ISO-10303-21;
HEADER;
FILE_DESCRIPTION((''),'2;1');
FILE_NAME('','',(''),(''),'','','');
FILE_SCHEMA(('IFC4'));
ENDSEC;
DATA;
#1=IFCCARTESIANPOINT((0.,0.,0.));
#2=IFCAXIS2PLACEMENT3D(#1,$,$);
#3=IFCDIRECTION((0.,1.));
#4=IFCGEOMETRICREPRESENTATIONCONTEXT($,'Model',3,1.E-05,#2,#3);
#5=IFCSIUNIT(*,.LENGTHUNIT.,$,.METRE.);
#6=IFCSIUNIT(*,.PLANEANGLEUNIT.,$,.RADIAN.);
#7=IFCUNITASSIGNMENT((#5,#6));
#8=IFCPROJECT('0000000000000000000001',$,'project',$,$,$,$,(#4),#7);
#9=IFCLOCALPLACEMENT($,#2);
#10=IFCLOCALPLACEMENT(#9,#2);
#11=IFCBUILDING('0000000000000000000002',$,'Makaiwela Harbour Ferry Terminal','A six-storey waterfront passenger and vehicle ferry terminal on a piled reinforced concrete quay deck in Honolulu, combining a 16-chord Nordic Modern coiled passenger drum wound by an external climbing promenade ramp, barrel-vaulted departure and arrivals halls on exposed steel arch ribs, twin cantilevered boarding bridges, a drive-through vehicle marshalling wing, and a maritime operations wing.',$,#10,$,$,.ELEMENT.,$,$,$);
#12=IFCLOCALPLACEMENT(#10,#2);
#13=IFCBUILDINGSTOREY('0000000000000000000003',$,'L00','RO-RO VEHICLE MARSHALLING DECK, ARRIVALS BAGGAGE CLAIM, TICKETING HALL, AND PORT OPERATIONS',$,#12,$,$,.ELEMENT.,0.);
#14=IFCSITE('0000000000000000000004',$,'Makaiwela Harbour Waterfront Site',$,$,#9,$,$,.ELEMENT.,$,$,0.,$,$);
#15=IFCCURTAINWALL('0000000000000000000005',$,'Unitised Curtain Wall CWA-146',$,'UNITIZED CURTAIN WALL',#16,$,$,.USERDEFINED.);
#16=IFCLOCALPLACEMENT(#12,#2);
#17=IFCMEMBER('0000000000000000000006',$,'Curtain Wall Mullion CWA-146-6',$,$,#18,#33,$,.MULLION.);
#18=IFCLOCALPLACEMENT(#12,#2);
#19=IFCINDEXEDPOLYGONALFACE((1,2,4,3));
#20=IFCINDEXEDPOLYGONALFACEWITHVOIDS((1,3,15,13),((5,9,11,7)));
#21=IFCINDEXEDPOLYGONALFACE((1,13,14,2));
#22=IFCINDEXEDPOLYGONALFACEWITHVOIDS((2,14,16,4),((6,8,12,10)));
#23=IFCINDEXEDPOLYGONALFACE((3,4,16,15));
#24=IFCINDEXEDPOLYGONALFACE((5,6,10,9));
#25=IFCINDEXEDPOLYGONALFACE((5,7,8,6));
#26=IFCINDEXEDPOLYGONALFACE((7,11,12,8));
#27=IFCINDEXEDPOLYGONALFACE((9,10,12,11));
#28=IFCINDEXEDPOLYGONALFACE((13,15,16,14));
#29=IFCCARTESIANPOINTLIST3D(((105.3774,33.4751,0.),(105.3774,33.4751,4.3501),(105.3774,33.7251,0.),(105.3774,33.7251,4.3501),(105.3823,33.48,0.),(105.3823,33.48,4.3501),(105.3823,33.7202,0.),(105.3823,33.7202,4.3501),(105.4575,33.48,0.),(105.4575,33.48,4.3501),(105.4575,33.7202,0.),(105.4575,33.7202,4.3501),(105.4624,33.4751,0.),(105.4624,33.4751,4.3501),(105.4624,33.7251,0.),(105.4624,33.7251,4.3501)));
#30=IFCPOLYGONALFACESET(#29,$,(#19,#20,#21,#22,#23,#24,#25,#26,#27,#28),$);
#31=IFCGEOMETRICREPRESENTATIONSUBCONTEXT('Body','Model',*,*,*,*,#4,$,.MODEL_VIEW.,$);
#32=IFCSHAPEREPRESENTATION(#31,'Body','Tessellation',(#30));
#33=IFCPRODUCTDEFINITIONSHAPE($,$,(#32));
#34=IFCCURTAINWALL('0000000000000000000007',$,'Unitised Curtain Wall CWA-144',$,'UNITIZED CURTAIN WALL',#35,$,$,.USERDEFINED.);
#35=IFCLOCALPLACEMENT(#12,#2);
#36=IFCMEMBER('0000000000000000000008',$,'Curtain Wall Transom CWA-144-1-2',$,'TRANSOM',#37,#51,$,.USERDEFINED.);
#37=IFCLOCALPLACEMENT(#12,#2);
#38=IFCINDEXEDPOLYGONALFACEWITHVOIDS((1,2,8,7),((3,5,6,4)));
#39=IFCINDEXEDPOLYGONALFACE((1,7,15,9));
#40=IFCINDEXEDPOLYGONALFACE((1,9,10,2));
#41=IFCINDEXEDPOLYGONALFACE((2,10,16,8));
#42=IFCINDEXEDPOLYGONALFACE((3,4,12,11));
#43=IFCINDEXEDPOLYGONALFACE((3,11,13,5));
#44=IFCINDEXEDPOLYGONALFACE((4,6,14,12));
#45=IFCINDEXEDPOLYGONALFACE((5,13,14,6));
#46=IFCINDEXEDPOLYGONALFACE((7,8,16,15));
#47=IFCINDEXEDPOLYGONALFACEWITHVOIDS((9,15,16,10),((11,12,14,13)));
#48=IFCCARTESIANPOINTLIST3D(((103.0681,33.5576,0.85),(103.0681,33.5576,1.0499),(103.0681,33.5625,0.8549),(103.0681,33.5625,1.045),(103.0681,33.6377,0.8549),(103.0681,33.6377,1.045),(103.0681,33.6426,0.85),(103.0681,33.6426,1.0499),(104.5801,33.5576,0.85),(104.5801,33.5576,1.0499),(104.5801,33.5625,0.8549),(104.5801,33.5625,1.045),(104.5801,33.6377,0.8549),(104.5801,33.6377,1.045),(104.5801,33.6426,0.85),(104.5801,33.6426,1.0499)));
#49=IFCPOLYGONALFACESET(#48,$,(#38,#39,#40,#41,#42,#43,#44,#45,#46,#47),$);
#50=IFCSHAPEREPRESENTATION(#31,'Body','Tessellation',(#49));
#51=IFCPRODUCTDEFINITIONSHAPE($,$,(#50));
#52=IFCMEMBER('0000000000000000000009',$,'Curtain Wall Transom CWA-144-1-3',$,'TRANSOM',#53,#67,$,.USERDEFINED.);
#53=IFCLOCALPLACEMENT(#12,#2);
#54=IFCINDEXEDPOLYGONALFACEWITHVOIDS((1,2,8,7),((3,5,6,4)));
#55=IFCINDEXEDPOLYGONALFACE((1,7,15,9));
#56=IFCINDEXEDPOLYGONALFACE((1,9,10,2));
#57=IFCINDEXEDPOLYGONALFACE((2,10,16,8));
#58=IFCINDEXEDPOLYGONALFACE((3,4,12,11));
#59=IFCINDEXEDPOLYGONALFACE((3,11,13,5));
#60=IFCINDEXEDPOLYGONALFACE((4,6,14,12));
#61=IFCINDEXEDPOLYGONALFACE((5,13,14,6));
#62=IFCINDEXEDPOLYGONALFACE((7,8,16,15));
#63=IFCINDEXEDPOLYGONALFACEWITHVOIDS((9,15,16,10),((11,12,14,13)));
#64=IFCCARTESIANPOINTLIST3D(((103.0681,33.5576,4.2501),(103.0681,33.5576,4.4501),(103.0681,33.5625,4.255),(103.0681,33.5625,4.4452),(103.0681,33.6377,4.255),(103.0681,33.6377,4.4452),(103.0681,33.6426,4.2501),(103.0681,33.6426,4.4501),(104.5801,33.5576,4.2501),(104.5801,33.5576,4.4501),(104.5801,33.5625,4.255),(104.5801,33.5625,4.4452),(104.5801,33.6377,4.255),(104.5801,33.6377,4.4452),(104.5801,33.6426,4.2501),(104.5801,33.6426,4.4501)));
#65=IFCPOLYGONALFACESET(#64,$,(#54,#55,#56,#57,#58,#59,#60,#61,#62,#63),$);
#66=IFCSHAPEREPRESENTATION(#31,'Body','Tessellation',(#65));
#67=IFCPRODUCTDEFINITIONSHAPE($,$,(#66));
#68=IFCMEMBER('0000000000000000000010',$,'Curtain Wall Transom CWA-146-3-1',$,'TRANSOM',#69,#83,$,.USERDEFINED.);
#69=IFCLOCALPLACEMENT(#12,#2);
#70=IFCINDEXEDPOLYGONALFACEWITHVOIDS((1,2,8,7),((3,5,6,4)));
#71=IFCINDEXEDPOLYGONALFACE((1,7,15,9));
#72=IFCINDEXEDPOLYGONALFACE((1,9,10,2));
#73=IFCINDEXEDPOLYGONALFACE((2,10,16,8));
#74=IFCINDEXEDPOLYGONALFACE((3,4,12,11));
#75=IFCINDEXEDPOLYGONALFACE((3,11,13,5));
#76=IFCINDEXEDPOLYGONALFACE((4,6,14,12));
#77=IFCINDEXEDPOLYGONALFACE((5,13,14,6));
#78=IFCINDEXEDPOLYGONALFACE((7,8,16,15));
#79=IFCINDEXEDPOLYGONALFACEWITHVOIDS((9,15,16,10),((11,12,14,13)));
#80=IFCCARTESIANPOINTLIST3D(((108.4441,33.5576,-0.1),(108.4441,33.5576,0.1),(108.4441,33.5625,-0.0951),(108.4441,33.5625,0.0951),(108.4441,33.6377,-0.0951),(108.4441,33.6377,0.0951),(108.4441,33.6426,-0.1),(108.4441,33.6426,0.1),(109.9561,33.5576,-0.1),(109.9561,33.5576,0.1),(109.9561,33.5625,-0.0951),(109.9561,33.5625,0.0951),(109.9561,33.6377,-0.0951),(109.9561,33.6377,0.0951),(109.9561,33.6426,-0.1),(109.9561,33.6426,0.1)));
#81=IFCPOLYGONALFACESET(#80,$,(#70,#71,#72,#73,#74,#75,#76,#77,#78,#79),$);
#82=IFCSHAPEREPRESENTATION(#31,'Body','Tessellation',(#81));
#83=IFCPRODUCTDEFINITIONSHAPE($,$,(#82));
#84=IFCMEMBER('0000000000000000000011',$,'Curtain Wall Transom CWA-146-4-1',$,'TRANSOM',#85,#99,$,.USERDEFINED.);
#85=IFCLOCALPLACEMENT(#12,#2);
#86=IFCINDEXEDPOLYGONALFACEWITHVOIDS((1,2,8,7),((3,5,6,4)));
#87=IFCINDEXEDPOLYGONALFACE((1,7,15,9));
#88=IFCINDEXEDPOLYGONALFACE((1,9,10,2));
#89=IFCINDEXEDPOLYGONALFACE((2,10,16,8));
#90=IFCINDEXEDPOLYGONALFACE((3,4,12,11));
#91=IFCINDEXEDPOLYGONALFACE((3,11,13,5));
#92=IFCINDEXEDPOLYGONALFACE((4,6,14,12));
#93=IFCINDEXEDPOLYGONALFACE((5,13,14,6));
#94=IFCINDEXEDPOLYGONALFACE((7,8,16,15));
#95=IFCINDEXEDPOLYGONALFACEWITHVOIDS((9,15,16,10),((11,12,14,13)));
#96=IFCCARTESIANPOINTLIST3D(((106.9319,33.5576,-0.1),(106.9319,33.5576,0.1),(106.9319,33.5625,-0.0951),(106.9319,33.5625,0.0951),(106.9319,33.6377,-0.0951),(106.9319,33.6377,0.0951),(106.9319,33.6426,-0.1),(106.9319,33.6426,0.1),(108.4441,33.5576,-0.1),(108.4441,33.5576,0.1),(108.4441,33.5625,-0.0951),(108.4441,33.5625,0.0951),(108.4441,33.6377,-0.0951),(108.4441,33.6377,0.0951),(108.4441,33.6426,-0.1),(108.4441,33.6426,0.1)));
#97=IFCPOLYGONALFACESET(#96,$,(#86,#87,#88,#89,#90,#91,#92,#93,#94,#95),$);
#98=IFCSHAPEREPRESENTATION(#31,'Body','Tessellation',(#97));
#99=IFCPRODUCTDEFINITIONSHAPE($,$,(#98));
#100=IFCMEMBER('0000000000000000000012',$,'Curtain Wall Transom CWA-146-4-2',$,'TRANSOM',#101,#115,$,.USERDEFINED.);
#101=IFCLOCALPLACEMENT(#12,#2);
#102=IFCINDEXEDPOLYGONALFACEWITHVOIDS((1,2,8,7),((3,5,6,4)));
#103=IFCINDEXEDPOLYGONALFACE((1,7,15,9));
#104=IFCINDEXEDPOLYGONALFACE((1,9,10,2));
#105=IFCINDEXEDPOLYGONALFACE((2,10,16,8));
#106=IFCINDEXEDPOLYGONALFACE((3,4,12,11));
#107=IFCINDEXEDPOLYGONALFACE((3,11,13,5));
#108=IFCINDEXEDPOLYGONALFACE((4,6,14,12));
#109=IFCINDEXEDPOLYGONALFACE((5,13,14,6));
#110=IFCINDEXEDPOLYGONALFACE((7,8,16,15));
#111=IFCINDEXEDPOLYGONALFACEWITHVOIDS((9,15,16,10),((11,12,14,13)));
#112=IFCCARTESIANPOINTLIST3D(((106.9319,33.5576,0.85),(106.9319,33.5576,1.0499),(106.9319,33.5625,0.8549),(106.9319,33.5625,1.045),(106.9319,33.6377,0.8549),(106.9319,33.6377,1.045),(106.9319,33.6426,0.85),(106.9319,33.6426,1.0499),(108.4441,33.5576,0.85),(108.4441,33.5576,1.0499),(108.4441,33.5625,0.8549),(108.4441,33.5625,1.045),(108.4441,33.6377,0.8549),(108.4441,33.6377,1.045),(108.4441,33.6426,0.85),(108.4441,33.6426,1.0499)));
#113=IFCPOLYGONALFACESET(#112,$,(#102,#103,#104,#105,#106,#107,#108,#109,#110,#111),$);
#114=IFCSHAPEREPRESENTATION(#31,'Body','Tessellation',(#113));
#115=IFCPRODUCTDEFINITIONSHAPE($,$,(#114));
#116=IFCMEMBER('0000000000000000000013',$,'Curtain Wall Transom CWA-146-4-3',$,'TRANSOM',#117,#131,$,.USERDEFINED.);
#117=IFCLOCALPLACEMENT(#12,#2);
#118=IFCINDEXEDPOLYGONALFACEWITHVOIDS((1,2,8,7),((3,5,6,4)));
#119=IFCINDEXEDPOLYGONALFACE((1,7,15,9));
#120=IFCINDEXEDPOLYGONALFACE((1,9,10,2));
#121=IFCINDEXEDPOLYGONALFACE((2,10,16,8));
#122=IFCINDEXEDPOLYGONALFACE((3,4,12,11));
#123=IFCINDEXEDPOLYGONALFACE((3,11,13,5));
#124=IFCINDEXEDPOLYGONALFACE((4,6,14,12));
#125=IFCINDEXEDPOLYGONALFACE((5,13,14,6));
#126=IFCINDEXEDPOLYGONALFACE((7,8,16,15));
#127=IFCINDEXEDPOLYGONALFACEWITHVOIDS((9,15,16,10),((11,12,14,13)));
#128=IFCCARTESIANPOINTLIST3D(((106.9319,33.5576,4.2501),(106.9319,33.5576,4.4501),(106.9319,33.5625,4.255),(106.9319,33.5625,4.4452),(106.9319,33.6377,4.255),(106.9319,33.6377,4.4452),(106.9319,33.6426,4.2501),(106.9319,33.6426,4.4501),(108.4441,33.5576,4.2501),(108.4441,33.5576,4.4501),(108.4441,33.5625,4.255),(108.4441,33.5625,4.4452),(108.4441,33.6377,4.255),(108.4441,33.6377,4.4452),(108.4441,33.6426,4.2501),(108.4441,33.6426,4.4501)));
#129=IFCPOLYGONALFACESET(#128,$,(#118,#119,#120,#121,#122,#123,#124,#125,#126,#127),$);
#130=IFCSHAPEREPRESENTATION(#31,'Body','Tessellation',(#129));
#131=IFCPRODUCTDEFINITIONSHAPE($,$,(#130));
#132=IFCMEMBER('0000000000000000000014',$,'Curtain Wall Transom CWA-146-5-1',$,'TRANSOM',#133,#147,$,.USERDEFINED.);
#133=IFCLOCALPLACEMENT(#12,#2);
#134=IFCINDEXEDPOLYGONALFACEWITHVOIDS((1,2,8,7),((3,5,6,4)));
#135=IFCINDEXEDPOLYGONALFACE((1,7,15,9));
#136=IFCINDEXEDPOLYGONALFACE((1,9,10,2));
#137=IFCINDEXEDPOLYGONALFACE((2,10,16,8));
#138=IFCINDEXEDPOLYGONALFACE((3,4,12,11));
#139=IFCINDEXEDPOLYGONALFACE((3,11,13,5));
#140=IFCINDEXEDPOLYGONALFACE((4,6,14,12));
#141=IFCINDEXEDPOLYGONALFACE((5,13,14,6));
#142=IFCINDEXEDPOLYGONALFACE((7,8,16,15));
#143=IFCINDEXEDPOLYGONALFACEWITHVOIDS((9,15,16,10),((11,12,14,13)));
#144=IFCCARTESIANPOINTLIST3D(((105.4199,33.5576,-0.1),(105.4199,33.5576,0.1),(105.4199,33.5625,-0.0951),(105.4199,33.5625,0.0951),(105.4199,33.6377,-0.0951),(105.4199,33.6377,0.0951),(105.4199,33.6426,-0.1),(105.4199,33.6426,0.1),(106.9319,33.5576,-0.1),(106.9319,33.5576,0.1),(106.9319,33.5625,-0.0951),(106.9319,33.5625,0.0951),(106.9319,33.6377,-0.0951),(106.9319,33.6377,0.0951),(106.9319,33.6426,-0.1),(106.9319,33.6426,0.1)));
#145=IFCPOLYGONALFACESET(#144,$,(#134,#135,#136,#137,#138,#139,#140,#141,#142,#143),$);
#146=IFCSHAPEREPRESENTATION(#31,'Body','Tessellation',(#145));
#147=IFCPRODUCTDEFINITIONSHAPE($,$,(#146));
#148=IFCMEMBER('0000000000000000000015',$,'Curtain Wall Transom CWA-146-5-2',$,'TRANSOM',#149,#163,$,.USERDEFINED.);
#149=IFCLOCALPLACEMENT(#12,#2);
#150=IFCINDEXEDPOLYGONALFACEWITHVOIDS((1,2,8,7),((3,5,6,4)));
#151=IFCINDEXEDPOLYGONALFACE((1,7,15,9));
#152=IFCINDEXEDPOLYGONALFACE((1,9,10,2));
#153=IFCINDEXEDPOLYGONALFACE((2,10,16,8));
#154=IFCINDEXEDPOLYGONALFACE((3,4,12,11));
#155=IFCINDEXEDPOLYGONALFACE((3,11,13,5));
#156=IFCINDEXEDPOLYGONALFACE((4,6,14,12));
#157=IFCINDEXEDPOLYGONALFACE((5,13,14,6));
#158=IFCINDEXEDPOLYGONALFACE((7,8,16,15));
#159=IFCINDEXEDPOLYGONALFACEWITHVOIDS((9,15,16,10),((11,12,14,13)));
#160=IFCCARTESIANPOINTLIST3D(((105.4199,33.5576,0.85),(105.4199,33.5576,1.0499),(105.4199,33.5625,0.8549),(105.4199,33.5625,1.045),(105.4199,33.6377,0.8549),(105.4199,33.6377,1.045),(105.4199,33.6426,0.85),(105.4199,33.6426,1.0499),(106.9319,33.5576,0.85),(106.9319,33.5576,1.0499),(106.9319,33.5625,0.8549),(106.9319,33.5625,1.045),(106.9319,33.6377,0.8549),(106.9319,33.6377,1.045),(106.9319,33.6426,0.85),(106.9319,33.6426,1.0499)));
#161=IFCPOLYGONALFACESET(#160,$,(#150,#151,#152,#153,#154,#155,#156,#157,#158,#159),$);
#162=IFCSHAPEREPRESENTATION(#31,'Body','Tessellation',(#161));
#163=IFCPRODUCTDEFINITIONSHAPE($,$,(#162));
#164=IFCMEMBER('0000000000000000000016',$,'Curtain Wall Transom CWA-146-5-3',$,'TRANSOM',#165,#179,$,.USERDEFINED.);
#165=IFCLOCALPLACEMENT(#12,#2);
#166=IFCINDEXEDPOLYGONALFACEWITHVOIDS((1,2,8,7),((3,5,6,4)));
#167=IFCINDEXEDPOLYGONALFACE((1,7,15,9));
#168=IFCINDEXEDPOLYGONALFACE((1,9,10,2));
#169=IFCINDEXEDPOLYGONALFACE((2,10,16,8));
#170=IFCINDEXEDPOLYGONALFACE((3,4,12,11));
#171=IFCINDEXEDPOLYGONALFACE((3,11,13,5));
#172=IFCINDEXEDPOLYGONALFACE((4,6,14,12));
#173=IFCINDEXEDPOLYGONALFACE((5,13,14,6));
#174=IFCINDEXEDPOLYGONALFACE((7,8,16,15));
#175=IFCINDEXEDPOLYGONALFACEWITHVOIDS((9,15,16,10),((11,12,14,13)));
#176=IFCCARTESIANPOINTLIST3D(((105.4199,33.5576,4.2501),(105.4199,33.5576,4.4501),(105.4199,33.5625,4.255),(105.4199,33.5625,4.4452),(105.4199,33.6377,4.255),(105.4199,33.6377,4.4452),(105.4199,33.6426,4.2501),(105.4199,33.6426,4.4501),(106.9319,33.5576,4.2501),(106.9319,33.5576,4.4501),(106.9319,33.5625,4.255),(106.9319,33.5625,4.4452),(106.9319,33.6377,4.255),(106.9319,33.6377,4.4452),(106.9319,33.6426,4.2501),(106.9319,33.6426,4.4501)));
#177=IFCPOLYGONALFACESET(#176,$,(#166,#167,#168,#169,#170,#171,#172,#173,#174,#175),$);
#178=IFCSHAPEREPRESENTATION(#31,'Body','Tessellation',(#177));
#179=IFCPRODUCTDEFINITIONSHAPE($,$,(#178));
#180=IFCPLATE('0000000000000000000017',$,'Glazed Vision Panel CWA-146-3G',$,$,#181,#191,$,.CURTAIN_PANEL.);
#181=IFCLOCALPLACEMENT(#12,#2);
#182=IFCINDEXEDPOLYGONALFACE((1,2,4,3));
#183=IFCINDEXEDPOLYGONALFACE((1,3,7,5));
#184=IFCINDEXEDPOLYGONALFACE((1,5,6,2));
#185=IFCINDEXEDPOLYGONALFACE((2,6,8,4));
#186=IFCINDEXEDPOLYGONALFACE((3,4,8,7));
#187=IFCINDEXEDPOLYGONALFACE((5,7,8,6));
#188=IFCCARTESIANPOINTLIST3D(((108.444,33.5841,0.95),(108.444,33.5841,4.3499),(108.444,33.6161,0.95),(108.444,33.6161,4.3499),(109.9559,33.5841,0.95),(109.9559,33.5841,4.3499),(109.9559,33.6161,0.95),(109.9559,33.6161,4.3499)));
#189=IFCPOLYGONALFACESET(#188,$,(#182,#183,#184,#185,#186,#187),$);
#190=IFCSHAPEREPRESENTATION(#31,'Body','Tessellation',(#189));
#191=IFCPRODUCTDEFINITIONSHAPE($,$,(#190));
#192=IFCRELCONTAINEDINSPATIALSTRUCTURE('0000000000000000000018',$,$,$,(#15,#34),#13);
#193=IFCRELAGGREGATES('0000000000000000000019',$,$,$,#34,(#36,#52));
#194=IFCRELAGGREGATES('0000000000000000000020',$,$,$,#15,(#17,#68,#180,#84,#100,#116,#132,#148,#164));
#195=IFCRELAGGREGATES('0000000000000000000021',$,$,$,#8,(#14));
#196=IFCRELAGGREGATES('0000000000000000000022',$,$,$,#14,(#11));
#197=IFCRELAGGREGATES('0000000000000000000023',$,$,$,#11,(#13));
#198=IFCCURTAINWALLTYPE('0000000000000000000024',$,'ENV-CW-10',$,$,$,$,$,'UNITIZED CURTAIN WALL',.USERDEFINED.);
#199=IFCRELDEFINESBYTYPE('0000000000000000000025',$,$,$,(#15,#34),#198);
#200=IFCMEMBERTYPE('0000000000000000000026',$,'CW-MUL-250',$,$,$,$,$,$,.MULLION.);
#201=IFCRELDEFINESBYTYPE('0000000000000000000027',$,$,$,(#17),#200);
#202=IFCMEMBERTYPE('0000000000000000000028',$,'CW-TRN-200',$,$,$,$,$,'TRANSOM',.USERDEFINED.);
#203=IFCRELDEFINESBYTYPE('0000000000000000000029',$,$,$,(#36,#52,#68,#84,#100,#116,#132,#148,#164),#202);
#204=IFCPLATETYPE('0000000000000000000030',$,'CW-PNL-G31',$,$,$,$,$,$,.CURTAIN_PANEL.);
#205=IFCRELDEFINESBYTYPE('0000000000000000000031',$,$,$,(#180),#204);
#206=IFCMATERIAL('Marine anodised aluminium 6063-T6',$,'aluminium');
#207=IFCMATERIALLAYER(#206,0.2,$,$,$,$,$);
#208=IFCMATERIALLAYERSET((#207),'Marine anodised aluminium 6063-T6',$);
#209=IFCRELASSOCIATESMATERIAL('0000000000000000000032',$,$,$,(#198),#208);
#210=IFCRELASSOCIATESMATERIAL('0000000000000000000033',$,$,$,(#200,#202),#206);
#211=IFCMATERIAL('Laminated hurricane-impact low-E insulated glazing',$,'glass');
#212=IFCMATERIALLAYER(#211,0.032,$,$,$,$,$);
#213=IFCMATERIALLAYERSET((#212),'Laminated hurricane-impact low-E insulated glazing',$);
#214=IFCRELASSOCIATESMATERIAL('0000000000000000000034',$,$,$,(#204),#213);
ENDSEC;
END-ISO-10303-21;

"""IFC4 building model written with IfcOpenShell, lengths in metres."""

from ifc_helpers import new_model, si_unit, direction, frame, origin, origin_2d, place, context, subcontext, project, spatial, rectangle, hollow_rectangle, extrude, material, layer, layer_set, material_profile, profile_set, type_object, element, aggregate, save


model = new_model("IFC4")

# Units and contexts
model_context = context("Model", 3, precision=1e-05, world=origin(), true_north=direction((0.0, 1.0)))
body_context = subcontext(model_context, "Body", "Model", "MODEL_VIEW")
ifc_project = project(units=[si_unit("LENGTHUNIT", "METRE"), si_unit("PLANEANGLEUNIT", "RADIAN")], contexts=[model_context])

# Site, building, storey
site_placement = place(None, origin())
site = spatial("IfcSite", under=ifc_project, at=site_placement, Name="Makaiwela Harbour Waterfront Site", CompositionType="ELEMENT", RefElevation=0.0)
building_placement = place(site_placement, origin())
building = spatial("IfcBuilding", under=site, at=building_placement, Name="Makaiwela Harbour Ferry Terminal", Description="A six-storey waterfront passenger and vehicle ferry terminal on a piled reinforced concrete quay deck in Honolulu, combining a 16-chord Nordic Modern coiled passenger drum wound by an external climbing promenade ramp, barrel-vaulted departure and arrivals halls on exposed steel arch ribs, twin cantilevered boarding bridges, a drive-through vehicle marshalling wing, and a maritime operations wing.", CompositionType="ELEMENT")
storey_placement = place(building_placement, origin())
storey = spatial("IfcBuildingStorey", under=building, at=storey_placement, Name="L00", Description="RO-RO VEHICLE MARSHALLING DECK, ARRIVALS BAGGAGE CLAIM, TICKETING HALL, AND PORT OPERATIONS", CompositionType="ELEMENT", Elevation=0.0)

# Curtain walls, members
ifc_material_1 = material(Name="Marine anodised aluminium 6063-T6", Category="aluminium")
ifc_layer_1 = layer(ifc_material_1, 0.2)
ifc_layer_set_1 = layer_set([ifc_layer_1], Name="Marine anodised aluminium 6063-T6")
curtain_wall_type = type_object("IfcCurtainWallType", Name="ENV-CW-10", ElementType="UNITIZED CURTAIN WALL", PredefinedType="USERDEFINED", material=ifc_layer_set_1)
curtain_wall_1_placement = place(storey_placement, origin())
curtain_wall_1 = element("IfcCurtainWall", 1, at=curtain_wall_1_placement, inside=storey, type_object=curtain_wall_type, Name="Unitised Curtain Wall CWA-146", ObjectType="UNITIZED CURTAIN WALL", PredefinedType="USERDEFINED")
ifc_material_profile_1 = material_profile(ifc_material_1, hollow_rectangle(XDim=0.085, YDim=0.25, WallThickness=0.0049, at=origin_2d()), Name="CWM-250X85")
ifc_profile_set_1 = profile_set([ifc_material_profile_1], Name="Marine anodised aluminium 6063-T6")
member_type_1 = type_object("IfcMemberType", Name="CW-MUL-250", PredefinedType="MULLION", material=ifc_profile_set_1)
member_1_placement = place(storey_placement, frame((105.4199, 33.6001, 0.0), z_axis=(0.0, 0.0, 1.0), x_axis=(1.0, 0.0, 0.0)))
member_1 = element("IfcMember", 2, at=member_1_placement, type_object=member_type_1, Name="Curtain Wall Mullion CWA-146-6", PredefinedType="MULLION", context=body_context, shape_type="SweptSolid", body=[
    extrude(hollow_rectangle(XDim=0.085, YDim=0.25, WallThickness=0.0049, at=origin_2d()), origin(), (0.0, 0.0, 1.0), 4.3501),
])
curtain_wall_2_placement = place(storey_placement, origin())
curtain_wall_2 = element("IfcCurtainWall", 3, at=curtain_wall_2_placement, inside=storey, type_object=curtain_wall_type, Name="Unitised Curtain Wall CWA-144", ObjectType="UNITIZED CURTAIN WALL", PredefinedType="USERDEFINED")
ifc_material_profile_2 = material_profile(ifc_material_1, hollow_rectangle(XDim=0.085, YDim=0.2, WallThickness=0.0049, at=origin_2d()), Name="CWT-200X85")
ifc_profile_set_2 = profile_set([ifc_material_profile_2], Name="Marine anodised aluminium 6063-T6")
member_type_2 = type_object("IfcMemberType", Name="CW-TRN-200", ElementType="TRANSOM", PredefinedType="USERDEFINED", material=ifc_profile_set_2)
member_2_placement = place(storey_placement, frame((104.5801, 33.6001, 0.95), z_axis=(-1.0, 0.0, 0.0), x_axis=(0.0, -1.0, 0.0)))
member_2 = element("IfcMember", 4, at=member_2_placement, type_object=member_type_2, Name="Curtain Wall Transom CWA-144-1-2", ObjectType="TRANSOM", PredefinedType="USERDEFINED", context=body_context, shape_type="SweptSolid", body=[
    extrude(hollow_rectangle(XDim=0.085, YDim=0.2, WallThickness=0.0049, at=origin_2d()), origin(), (0.0, 0.0, 1.0), 1.512),
])
member_3_placement = place(storey_placement, frame((104.5801, 33.6001, 4.3501), z_axis=(-1.0, 0.0, 0.0), x_axis=(0.0, -1.0, 0.0)))
member_3 = element("IfcMember", 5, at=member_3_placement, type_object=member_type_2, Name="Curtain Wall Transom CWA-144-1-3", ObjectType="TRANSOM", PredefinedType="USERDEFINED", context=body_context, shape_type="SweptSolid", body=[
    extrude(hollow_rectangle(XDim=0.085, YDim=0.2, WallThickness=0.0049, at=origin_2d()), origin(), (0.0, 0.0, 1.0), 1.512),
])
aggregate(curtain_wall_2, [member_2, member_3])

# Members
member_4_placement = place(storey_placement, frame((109.9561, 33.6001, 0.0), z_axis=(-1.0, 0.0, 0.0), x_axis=(0.0, -1.0, 0.0)))
member_4 = element("IfcMember", 6, at=member_4_placement, type_object=member_type_2, Name="Curtain Wall Transom CWA-146-3-1", ObjectType="TRANSOM", PredefinedType="USERDEFINED", context=body_context, shape_type="SweptSolid", body=[
    extrude(hollow_rectangle(XDim=0.085, YDim=0.2, WallThickness=0.0049, at=origin_2d()), origin(), (0.0, 0.0, 1.0), 1.512),
])
member_5_placement = place(storey_placement, frame((108.4441, 33.6001, 0.0), z_axis=(-1.0, 0.0, 0.0), x_axis=(0.0, -1.0, 0.0)))
member_5 = element("IfcMember", 7, at=member_5_placement, type_object=member_type_2, Name="Curtain Wall Transom CWA-146-4-1", ObjectType="TRANSOM", PredefinedType="USERDEFINED", context=body_context, shape_type="SweptSolid", body=[
    extrude(hollow_rectangle(XDim=0.085, YDim=0.2, WallThickness=0.0049, at=origin_2d()), origin(), (0.0, 0.0, 1.0), 1.5122),
])
member_6_placement = place(storey_placement, frame((108.4441, 33.6001, 0.95), z_axis=(-1.0, 0.0, 0.0), x_axis=(0.0, -1.0, 0.0)))
member_6 = element("IfcMember", 8, at=member_6_placement, type_object=member_type_2, Name="Curtain Wall Transom CWA-146-4-2", ObjectType="TRANSOM", PredefinedType="USERDEFINED", context=body_context, shape_type="SweptSolid", body=[
    extrude(hollow_rectangle(XDim=0.085, YDim=0.2, WallThickness=0.0049, at=origin_2d()), origin(), (0.0, 0.0, 1.0), 1.5122),
])
member_7_placement = place(storey_placement, frame((108.4441, 33.6001, 4.3501), z_axis=(-1.0, 0.0, 0.0), x_axis=(0.0, -1.0, 0.0)))
member_7 = element("IfcMember", 9, at=member_7_placement, type_object=member_type_2, Name="Curtain Wall Transom CWA-146-4-3", ObjectType="TRANSOM", PredefinedType="USERDEFINED", context=body_context, shape_type="SweptSolid", body=[
    extrude(hollow_rectangle(XDim=0.085, YDim=0.2, WallThickness=0.0049, at=origin_2d()), origin(), (0.0, 0.0, 1.0), 1.5122),
])
member_8_placement = place(storey_placement, frame((106.9319, 33.6001, 0.0), z_axis=(-1.0, 0.0, 0.0), x_axis=(0.0, -1.0, 0.0)))
member_8 = element("IfcMember", 10, at=member_8_placement, type_object=member_type_2, Name="Curtain Wall Transom CWA-146-5-1", ObjectType="TRANSOM", PredefinedType="USERDEFINED", context=body_context, shape_type="SweptSolid", body=[
    extrude(hollow_rectangle(XDim=0.085, YDim=0.2, WallThickness=0.0049, at=origin_2d()), origin(), (0.0, 0.0, 1.0), 1.512),
])
member_9_placement = place(storey_placement, frame((106.9319, 33.6001, 0.95), z_axis=(-1.0, 0.0, 0.0), x_axis=(0.0, -1.0, 0.0)))
member_9 = element("IfcMember", 11, at=member_9_placement, type_object=member_type_2, Name="Curtain Wall Transom CWA-146-5-2", ObjectType="TRANSOM", PredefinedType="USERDEFINED", context=body_context, shape_type="SweptSolid", body=[
    extrude(hollow_rectangle(XDim=0.085, YDim=0.2, WallThickness=0.0049, at=origin_2d()), origin(), (0.0, 0.0, 1.0), 1.512),
])
member_10_placement = place(storey_placement, frame((106.9319, 33.6001, 4.3501), z_axis=(-1.0, 0.0, 0.0), x_axis=(0.0, -1.0, 0.0)))
member_10 = element("IfcMember", 12, at=member_10_placement, type_object=member_type_2, Name="Curtain Wall Transom CWA-146-5-3", ObjectType="TRANSOM", PredefinedType="USERDEFINED", context=body_context, shape_type="SweptSolid", body=[
    extrude(hollow_rectangle(XDim=0.085, YDim=0.2, WallThickness=0.0049, at=origin_2d()), origin(), (0.0, 0.0, 1.0), 1.512),
])

# Plate
ifc_material_2 = material(Name="Laminated hurricane-impact low-E insulated glazing", Category="glass")
ifc_layer_2 = layer(ifc_material_2, 0.032)
ifc_layer_set_2 = layer_set([ifc_layer_2], Name="Laminated hurricane-impact low-E insulated glazing")
plate_type_1 = type_object("IfcPlateType", Name="CW-PNL-G31", PredefinedType="CURTAIN_PANEL", material=ifc_layer_set_2)
plate_1_placement = place(storey_placement, frame((109.2, 33.6001, 0.95), z_axis=(0.0, 0.0, 1.0), x_axis=(-1.0, 0.0, 0.0)))
plate_1 = element("IfcPlate", 13, at=plate_1_placement, type_object=plate_type_1, Name="Glazed Vision Panel CWA-146-3G", PredefinedType="CURTAIN_PANEL", context=body_context, shape_type="SweptSolid", body=[
    extrude(rectangle(XDim=1.512, YDim=0.032, at=origin_2d()), origin(), (0.0, 0.0, 1.0), 3.3999),
])
aggregate(curtain_wall_1, [member_1, member_4, plate_1, member_5, member_6, member_7, member_8, member_9, member_10])

save(model, "model.ifc")
